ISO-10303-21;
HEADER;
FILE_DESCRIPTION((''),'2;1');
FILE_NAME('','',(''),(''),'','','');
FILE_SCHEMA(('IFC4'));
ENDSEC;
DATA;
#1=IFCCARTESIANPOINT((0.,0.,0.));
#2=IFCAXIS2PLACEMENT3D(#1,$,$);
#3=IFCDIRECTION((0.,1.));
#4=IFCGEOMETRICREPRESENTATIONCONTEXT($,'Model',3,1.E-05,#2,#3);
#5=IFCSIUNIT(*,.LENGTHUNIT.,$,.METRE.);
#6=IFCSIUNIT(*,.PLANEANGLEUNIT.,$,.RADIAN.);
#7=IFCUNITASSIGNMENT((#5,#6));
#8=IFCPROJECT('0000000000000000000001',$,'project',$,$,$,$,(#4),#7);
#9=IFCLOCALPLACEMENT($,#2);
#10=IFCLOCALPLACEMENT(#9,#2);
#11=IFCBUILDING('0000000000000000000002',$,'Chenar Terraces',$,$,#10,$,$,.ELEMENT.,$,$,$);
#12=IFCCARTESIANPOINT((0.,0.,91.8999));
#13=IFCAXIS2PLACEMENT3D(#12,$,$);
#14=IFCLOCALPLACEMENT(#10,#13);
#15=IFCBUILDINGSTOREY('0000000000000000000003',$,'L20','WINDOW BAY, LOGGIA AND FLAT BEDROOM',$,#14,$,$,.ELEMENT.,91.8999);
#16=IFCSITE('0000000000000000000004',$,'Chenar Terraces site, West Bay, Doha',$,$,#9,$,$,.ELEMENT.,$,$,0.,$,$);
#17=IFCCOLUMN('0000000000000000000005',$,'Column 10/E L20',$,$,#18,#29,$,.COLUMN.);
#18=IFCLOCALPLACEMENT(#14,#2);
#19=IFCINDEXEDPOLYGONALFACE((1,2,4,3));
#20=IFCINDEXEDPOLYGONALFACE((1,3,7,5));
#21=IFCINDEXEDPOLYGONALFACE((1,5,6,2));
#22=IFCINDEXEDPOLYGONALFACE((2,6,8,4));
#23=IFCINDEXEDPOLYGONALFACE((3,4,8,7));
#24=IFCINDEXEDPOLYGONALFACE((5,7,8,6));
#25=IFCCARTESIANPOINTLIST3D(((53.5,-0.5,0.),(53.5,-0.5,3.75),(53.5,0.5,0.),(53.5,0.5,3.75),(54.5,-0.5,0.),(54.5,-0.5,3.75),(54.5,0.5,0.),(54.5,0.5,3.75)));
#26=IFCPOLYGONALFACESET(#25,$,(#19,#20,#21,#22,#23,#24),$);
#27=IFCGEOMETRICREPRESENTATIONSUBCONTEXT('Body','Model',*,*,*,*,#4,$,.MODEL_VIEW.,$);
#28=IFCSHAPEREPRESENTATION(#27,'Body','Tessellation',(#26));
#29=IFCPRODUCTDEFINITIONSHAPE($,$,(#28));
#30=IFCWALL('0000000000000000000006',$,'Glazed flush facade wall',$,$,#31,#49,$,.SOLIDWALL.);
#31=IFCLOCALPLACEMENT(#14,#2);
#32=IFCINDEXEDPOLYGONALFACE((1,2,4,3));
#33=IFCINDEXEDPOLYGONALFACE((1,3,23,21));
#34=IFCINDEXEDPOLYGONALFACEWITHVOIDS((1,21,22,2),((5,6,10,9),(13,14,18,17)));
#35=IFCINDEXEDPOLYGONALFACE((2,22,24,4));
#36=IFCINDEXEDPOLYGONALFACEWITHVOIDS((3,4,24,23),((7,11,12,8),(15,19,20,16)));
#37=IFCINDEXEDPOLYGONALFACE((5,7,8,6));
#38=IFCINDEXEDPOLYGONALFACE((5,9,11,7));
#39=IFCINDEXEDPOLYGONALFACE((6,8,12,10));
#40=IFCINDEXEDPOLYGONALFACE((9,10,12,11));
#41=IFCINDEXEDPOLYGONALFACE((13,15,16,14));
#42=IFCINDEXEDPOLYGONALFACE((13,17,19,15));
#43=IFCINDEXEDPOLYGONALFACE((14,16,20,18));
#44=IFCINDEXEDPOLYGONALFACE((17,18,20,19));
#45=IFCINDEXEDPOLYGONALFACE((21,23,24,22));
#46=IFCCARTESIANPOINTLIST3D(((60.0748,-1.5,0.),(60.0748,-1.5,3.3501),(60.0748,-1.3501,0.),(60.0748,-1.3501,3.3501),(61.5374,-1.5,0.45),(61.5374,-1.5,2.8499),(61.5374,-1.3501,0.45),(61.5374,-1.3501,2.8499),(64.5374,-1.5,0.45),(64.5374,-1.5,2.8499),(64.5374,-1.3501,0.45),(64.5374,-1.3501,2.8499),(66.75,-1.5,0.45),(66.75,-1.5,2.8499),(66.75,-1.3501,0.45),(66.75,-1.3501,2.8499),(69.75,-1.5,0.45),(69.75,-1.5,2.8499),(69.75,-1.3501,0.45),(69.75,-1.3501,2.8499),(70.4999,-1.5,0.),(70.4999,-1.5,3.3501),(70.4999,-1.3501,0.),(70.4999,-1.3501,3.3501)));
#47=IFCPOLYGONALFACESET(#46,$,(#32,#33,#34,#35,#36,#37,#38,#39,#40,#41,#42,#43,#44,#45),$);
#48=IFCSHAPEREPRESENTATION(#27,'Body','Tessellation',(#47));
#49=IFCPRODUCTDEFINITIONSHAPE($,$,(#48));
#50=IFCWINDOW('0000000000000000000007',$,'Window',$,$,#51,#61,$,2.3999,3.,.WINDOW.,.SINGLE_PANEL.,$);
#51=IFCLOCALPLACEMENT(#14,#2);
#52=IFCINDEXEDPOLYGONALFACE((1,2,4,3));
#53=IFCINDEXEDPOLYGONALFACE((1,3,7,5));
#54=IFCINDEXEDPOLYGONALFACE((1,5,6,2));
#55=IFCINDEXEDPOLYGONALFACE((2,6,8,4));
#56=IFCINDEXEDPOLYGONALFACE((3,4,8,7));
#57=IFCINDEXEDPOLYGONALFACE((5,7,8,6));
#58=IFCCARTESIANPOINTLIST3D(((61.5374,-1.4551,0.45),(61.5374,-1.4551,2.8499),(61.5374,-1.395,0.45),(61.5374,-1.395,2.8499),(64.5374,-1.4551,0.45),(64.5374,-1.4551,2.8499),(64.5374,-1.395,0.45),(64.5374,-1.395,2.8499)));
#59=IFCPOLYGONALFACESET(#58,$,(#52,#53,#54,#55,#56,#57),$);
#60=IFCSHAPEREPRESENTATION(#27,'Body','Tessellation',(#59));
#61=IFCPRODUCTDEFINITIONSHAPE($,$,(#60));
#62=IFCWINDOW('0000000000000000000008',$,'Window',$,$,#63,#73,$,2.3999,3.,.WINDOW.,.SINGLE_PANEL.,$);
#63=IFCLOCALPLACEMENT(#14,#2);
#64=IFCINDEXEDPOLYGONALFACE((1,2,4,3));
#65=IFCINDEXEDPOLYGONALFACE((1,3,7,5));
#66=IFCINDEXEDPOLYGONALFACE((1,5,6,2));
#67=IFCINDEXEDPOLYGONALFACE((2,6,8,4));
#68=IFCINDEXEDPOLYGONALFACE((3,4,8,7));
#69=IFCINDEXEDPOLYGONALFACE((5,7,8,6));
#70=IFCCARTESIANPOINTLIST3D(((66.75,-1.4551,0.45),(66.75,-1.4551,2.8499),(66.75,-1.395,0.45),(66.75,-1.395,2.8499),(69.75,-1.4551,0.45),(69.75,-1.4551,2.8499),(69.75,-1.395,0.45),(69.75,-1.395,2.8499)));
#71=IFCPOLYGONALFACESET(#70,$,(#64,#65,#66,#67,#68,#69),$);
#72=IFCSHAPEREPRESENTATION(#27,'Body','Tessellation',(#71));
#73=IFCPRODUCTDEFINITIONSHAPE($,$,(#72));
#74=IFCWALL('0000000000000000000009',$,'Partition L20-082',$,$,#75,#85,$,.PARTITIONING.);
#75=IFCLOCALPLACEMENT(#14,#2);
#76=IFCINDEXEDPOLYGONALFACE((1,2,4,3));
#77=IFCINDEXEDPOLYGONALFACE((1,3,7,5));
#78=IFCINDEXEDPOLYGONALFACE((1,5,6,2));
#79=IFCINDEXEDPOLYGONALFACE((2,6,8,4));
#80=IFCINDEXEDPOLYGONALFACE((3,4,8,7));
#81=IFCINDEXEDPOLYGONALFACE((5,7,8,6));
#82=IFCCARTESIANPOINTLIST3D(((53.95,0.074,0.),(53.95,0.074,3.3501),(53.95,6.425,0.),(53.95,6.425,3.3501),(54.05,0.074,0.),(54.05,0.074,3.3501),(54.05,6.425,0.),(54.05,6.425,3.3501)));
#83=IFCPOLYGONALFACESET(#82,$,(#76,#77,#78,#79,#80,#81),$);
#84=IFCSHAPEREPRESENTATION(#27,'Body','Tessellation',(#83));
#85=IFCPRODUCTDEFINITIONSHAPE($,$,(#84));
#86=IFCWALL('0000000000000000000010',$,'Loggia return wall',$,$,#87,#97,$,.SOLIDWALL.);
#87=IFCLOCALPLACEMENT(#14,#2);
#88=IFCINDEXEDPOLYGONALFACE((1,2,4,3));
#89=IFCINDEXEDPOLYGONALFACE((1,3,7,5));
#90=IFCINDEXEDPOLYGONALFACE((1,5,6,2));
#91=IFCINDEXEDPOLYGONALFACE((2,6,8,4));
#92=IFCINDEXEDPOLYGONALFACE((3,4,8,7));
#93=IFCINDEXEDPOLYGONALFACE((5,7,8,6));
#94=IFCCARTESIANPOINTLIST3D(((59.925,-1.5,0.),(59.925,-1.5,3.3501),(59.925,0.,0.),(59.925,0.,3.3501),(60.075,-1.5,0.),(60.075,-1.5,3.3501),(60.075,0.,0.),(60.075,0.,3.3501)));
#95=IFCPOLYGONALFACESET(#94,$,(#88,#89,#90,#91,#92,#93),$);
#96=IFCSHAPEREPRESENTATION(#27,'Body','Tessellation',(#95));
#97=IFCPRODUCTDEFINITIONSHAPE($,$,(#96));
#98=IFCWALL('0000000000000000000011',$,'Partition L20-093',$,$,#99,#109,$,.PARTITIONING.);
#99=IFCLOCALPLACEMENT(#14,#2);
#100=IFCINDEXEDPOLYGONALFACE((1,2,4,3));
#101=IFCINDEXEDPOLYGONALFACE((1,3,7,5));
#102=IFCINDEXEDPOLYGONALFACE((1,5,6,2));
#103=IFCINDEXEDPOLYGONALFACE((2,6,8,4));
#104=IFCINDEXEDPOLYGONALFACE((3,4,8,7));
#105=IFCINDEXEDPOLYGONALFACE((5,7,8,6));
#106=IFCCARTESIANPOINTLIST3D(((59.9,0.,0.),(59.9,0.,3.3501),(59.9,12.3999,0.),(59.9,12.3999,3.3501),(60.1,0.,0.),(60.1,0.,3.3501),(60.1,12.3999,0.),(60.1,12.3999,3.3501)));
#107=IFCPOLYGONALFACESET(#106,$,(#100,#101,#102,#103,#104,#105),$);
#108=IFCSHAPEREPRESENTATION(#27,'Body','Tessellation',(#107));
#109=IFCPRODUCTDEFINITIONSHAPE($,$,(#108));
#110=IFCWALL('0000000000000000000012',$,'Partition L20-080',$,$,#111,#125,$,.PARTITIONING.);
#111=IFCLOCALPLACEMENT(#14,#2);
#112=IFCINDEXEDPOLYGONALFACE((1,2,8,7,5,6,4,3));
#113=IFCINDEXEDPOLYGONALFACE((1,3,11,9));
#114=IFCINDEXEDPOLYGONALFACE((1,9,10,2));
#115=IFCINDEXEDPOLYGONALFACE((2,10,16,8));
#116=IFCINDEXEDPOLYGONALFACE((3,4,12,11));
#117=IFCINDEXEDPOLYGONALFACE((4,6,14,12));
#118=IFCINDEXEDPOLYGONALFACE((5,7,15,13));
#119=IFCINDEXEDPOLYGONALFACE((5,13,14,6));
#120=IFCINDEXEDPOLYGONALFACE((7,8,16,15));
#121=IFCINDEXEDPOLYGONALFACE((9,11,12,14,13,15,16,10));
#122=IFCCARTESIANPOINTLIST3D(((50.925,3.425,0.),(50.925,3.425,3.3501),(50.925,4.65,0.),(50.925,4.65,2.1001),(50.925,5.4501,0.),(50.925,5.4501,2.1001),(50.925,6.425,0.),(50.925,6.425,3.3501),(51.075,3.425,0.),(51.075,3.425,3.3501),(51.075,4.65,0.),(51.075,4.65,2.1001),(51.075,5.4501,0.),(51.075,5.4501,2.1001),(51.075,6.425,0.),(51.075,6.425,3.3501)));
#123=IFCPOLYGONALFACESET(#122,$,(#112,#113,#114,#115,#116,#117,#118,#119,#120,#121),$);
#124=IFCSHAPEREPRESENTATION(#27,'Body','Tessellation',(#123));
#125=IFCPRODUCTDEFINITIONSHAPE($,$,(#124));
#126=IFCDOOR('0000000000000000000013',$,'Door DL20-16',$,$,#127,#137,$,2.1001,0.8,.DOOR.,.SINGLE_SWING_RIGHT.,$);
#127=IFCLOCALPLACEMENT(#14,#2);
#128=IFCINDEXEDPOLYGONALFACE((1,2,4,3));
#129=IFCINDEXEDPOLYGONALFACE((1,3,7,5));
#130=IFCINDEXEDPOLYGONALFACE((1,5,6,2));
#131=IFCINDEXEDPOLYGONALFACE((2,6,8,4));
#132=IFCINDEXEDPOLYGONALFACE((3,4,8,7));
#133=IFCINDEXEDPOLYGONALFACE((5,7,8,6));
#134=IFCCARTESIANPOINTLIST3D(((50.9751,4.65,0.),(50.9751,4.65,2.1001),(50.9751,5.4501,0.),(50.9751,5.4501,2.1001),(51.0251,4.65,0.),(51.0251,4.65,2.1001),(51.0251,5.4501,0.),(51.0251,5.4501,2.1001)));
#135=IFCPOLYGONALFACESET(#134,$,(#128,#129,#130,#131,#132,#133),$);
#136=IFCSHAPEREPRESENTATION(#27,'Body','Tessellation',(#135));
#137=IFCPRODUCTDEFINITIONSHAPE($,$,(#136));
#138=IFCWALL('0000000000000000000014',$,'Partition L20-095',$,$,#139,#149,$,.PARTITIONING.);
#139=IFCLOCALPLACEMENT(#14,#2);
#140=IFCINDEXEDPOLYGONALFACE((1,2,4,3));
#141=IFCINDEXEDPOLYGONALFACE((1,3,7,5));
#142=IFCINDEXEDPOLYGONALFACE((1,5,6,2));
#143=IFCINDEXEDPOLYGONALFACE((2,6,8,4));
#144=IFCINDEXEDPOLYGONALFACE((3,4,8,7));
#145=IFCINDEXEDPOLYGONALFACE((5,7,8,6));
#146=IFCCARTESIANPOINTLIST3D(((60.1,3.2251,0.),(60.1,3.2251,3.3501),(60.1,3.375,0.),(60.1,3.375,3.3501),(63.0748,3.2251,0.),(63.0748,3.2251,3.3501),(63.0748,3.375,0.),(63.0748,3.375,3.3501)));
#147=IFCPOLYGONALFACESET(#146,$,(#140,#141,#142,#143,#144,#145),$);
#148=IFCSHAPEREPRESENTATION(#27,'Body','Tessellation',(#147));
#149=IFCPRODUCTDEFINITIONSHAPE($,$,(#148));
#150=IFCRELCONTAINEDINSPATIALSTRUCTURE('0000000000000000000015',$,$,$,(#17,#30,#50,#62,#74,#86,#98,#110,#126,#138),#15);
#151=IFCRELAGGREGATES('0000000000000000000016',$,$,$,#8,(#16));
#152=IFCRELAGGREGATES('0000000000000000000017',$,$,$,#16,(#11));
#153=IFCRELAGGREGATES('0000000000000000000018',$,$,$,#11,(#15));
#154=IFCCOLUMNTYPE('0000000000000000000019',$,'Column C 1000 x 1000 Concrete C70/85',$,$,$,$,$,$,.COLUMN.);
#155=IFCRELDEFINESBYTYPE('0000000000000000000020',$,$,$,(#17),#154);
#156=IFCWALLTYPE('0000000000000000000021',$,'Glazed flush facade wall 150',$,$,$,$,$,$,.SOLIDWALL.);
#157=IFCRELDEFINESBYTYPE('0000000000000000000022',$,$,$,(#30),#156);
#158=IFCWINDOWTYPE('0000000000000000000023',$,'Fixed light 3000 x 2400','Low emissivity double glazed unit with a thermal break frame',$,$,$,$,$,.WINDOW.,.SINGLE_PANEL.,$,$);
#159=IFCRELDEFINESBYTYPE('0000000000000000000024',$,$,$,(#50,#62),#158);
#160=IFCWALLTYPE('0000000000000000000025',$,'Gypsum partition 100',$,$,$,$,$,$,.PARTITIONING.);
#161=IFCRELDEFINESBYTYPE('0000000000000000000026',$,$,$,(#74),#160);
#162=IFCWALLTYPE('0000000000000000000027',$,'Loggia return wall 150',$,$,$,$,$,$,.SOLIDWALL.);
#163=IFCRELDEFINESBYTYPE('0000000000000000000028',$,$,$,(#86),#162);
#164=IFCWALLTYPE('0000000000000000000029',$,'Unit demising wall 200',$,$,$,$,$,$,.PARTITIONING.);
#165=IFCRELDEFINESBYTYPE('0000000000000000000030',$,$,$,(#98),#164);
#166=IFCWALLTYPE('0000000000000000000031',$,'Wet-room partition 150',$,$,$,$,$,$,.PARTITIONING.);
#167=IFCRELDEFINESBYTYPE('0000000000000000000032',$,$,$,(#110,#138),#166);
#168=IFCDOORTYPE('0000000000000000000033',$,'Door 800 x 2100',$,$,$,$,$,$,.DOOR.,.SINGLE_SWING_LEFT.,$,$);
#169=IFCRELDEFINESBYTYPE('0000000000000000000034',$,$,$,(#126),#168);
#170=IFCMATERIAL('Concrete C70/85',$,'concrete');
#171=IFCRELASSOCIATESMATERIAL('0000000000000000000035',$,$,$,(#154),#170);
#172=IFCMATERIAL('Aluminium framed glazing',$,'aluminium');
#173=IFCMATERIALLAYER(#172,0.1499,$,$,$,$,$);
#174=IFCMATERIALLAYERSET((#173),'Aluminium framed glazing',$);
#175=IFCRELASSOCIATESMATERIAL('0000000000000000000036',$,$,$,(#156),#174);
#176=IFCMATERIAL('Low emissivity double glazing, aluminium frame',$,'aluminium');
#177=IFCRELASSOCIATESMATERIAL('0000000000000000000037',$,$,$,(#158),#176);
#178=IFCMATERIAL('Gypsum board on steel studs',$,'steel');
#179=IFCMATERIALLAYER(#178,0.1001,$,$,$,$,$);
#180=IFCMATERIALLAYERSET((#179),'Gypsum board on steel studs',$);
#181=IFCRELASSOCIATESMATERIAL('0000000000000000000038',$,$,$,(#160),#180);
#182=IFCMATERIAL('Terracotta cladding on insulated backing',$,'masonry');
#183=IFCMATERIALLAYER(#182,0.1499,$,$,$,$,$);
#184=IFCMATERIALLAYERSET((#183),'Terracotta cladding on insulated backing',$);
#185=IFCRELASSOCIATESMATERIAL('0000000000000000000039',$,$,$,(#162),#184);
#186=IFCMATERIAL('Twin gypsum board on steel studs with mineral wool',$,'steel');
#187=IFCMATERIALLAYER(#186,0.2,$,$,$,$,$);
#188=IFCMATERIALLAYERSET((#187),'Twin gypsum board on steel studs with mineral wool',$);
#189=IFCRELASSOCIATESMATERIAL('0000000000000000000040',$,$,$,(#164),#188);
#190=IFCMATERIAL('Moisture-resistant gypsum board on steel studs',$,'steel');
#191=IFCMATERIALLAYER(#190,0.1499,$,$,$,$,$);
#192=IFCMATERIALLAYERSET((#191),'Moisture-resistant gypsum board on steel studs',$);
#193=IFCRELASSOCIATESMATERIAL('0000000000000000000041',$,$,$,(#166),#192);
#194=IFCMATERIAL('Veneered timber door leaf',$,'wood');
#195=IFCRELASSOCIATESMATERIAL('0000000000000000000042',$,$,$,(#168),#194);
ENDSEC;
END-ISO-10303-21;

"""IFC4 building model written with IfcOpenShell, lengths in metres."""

from ifc_helpers import new_model, si_unit, direction, frame, frame_2d, origin, origin_2d, place, context, subcontext, project, spatial, rectangle, extrude, material, layer, layer_set, material_profile, profile_set, type_object, element, fill, save


model = new_model("IFC4")

# Units and contexts
model_context = context("Model", 3, precision=1e-05, world=origin(), true_north=direction((0.0, 1.0)))
body_context = subcontext(model_context, "Body", "Model", "MODEL_VIEW")
ifc_project = project(units=[si_unit("LENGTHUNIT", "METRE"), si_unit("PLANEANGLEUNIT", "RADIAN")], contexts=[model_context])

# Site, building, storey
site_placement = place(None, origin())
site = spatial("IfcSite", under=ifc_project, at=site_placement, Name="Chenar Terraces site, West Bay, Doha", CompositionType="ELEMENT", RefElevation=0.0)
building_placement = place(site_placement, origin())
building = spatial("IfcBuilding", under=site, at=building_placement, Name="Chenar Terraces", CompositionType="ELEMENT")
storey_placement = place(building_placement, frame((0.0, 0.0, 91.8999)))
storey = spatial("IfcBuildingStorey", under=building, at=storey_placement, Name="L20", Description="WINDOW BAY, LOGGIA AND FLAT BEDROOM", CompositionType="ELEMENT", Elevation=91.8999)

# Column
ifc_material_1 = material(Name="Concrete C70/85", Category="concrete")
ifc_material_profile_1 = material_profile(ifc_material_1, rectangle(XDim=1.0, YDim=1.0, at=origin_2d()), Name="C 1000 x 1000")
ifc_profile_set_1 = profile_set([ifc_material_profile_1], Name="Concrete C70/85")
column_type = type_object("IfcColumnType", Name="Column C 1000 x 1000 Concrete C70/85", PredefinedType="COLUMN", material=ifc_profile_set_1)
column_placement = place(storey_placement, frame((54.0, 0.0, 0.0), z_axis=(0.0, 0.0, 1.0), x_axis=(1.0, 0.0, 0.0)))
element("IfcColumn", 1, at=column_placement, inside=storey, type_object=column_type, Name="Column 10/E L20", PredefinedType="COLUMN", context=body_context, shape_type="SweptSolid", body=[
    extrude(rectangle(XDim=1.0, YDim=1.0, at=origin_2d()), origin(), (0.0, 0.0, 1.0), 3.75),
])

# Wall, openings, windows
ifc_material_2 = material(Name="Aluminium framed glazing", Category="aluminium")
ifc_layer_1 = layer(ifc_material_2, 0.1499)
ifc_layer_set_1 = layer_set([ifc_layer_1], Name="Aluminium framed glazing")
wall_type_1 = type_object("IfcWallType", Name="Glazed flush facade wall 150", PredefinedType="SOLIDWALL", material=ifc_layer_set_1)
wall_1_placement = place(storey_placement, frame((60.075, -1.425, 0.0), z_axis=(0.0, 0.0, 1.0), x_axis=(1.0, 0.0, 0.0)))
wall_1 = element("IfcWall", 2, at=wall_1_placement, inside=storey, type_object=wall_type_1, Name="Glazed flush facade wall", PredefinedType="SOLIDWALL", context=body_context, shape_type="SweptSolid", body=[
    extrude(rectangle(XDim=10.425, YDim=0.1499, at=frame_2d((5.2124, 0.0))), origin(), (0.0, 0.0, 1.0), 3.3501),
])
opening_1_placement = place(wall_1_placement, frame((1.4624, 0.0, 0.45)))
opening_1 = element("IfcOpeningElement", 3, at=opening_1_placement, cuts=wall_1, PredefinedType="OPENING", context=body_context, shape_type="SweptSolid", body=[
    extrude(rectangle(XDim=3.0, YDim=2.3999, at=frame_2d((1.5, 1.2))), frame((0.0, 0.085, 0.0), z_axis=(0.0, -1.0, 0.0), x_axis=(1.0, 0.0, 0.0)), (0.0, 0.0, 1.0), 0.1699),
])
opening_2_placement = place(wall_1_placement, frame((6.675, 0.0, 0.45)))
opening_2 = element("IfcOpeningElement", 4, at=opening_2_placement, cuts=wall_1, PredefinedType="OPENING", context=body_context, shape_type="SweptSolid", body=[
    extrude(rectangle(XDim=3.0, YDim=2.3999, at=frame_2d((1.5, 1.2))), frame((0.0, 0.085, 0.0), z_axis=(0.0, -1.0, 0.0), x_axis=(1.0, 0.0, 0.0)), (0.0, 0.0, 1.0), 0.1699),
])
ifc_material_3 = material(Name="Low emissivity double glazing, aluminium frame", Category="aluminium")
window_type = type_object("IfcWindowType", Name="Fixed light 3000 x 2400", Description="Low emissivity double glazed unit with a thermal break frame", PartitioningType="SINGLE_PANEL", PredefinedType="WINDOW", material=ifc_material_3)
window_1_placement = place(opening_1_placement, origin())
window_1 = element("IfcWindow", 5, at=window_1_placement, inside=storey, type_object=window_type, Name="Window", OverallHeight=2.3999, OverallWidth=3.0, PartitioningType="SINGLE_PANEL", PredefinedType="WINDOW", context=body_context, shape_type="SweptSolid", body=[
    extrude(rectangle(XDim=3.0, YDim=2.3999, at=frame_2d((1.5, 1.2))), frame((0.0, 0.03, 0.0), z_axis=(0.0, -1.0, 0.0), x_axis=(1.0, 0.0, 0.0)), (0.0, 0.0, 1.0), 0.0601),
])
fill(opening_1, window_1)
window_2_placement = place(opening_2_placement, origin())
window_2 = element("IfcWindow", 6, at=window_2_placement, inside=storey, type_object=window_type, Name="Window", OverallHeight=2.3999, OverallWidth=3.0, PartitioningType="SINGLE_PANEL", PredefinedType="WINDOW", context=body_context, shape_type="SweptSolid", body=[
    extrude(rectangle(XDim=3.0, YDim=2.3999, at=frame_2d((1.5, 1.2))), frame((0.0, 0.03, 0.0), z_axis=(0.0, -1.0, 0.0), x_axis=(1.0, 0.0, 0.0)), (0.0, 0.0, 1.0), 0.0601),
])
fill(opening_2, window_2)

# Walls
ifc_material_4 = material(Name="Gypsum board on steel studs", Category="steel")
ifc_layer_2 = layer(ifc_material_4, 0.1001)
ifc_layer_set_2 = layer_set([ifc_layer_2], Name="Gypsum board on steel studs")
wall_type_2 = type_object("IfcWallType", Name="Gypsum partition 100", PredefinedType="PARTITIONING", material=ifc_layer_set_2)
wall_2_placement = place(storey_placement, frame((54.0, 0.074, 0.0), z_axis=(0.0, 0.0, 1.0), x_axis=(0.0, 1.0, 0.0)))
element("IfcWall", 7, at=wall_2_placement, inside=storey, type_object=wall_type_2, Name="Partition L20-082", PredefinedType="PARTITIONING", context=body_context, shape_type="SweptSolid", body=[
    extrude(rectangle(XDim=6.3511, YDim=0.1001, at=frame_2d((3.1755, 0.0))), origin(), (0.0, 0.0, 1.0), 3.3501),
])
ifc_material_5 = material(Name="Terracotta cladding on insulated backing", Category="masonry")
ifc_layer_3 = layer(ifc_material_5, 0.1499)
ifc_layer_set_3 = layer_set([ifc_layer_3], Name="Terracotta cladding on insulated backing")
wall_type_3 = type_object("IfcWallType", Name="Loggia return wall 150", PredefinedType="SOLIDWALL", material=ifc_layer_set_3)
wall_3_placement = place(storey_placement, frame((60.0, -1.5, 0.0), z_axis=(0.0, 0.0, 1.0), x_axis=(0.0, 1.0, 0.0)))
element("IfcWall", 8, at=wall_3_placement, inside=storey, type_object=wall_type_3, Name="Loggia return wall", PredefinedType="SOLIDWALL", context=body_context, shape_type="SweptSolid", body=[
    extrude(rectangle(XDim=1.5, YDim=0.1499, at=frame_2d((0.75, 0.0))), origin(), (0.0, 0.0, 1.0), 3.3501),
])
ifc_material_6 = material(Name="Twin gypsum board on steel studs with mineral wool", Category="steel")
ifc_layer_4 = layer(ifc_material_6, 0.2)
ifc_layer_set_4 = layer_set([ifc_layer_4], Name="Twin gypsum board on steel studs with mineral wool")
wall_type_4 = type_object("IfcWallType", Name="Unit demising wall 200", PredefinedType="PARTITIONING", material=ifc_layer_set_4)
wall_4_placement = place(storey_placement, frame((60.0, 0.0, 0.0), z_axis=(0.0, 0.0, 1.0), x_axis=(0.0, 1.0, 0.0)))
element("IfcWall", 9, at=wall_4_placement, inside=storey, type_object=wall_type_4, Name="Partition L20-093", PredefinedType="PARTITIONING", context=body_context, shape_type="SweptSolid", body=[
    extrude(rectangle(XDim=12.3999, YDim=0.2, at=frame_2d((6.2, 0.0))), origin(), (0.0, 0.0, 1.0), 3.3501),
])

# Wall, opening, door
ifc_material_7 = material(Name="Moisture-resistant gypsum board on steel studs", Category="steel")
ifc_layer_5 = layer(ifc_material_7, 0.1499)
ifc_layer_set_5 = layer_set([ifc_layer_5], Name="Moisture-resistant gypsum board on steel studs")
wall_type_5 = type_object("IfcWallType", Name="Wet-room partition 150", PredefinedType="PARTITIONING", material=ifc_layer_set_5)
wall_5_placement = place(storey_placement, frame((51.0, 3.425, 0.0), z_axis=(0.0, 0.0, 1.0), x_axis=(0.0, 1.0, 0.0)))
wall_5 = element("IfcWall", 10, at=wall_5_placement, inside=storey, type_object=wall_type_5, Name="Partition L20-080", PredefinedType="PARTITIONING", context=body_context, shape_type="SweptSolid", body=[
    extrude(rectangle(XDim=3.0, YDim=0.1499, at=frame_2d((1.5, 0.0))), origin(), (0.0, 0.0, 1.0), 3.3501),
])
opening_3_placement = place(wall_5_placement, frame((1.2251, 0.0, 0.0)))
opening_3 = element("IfcOpeningElement", 11, at=opening_3_placement, cuts=wall_5, PredefinedType="OPENING", context=body_context, shape_type="SweptSolid", body=[
    extrude(rectangle(XDim=0.8, YDim=2.1001, at=frame_2d((0.3999, 1.05))), frame((0.0, 0.085, 0.0), z_axis=(0.0, -1.0, 0.0), x_axis=(1.0, 0.0, 0.0)), (0.0, 0.0, 1.0), 0.1699),
])
ifc_material_8 = material(Name="Veneered timber door leaf", Category="wood")
door_type_1 = type_object("IfcDoorType", Name="Door 800 x 2100", OperationType="SINGLE_SWING_LEFT", PredefinedType="DOOR", material=ifc_material_8)
door_1_placement = place(opening_3_placement, origin())
door_1 = element("IfcDoor", 12, at=door_1_placement, inside=storey, type_object=door_type_1, Name="Door DL20-16", OperationType="SINGLE_SWING_RIGHT", OverallHeight=2.1001, OverallWidth=0.8, PredefinedType="DOOR", context=body_context, shape_type="SweptSolid", body=[
    extrude(rectangle(XDim=0.8, YDim=2.1001, at=frame_2d((0.3999, 1.05))), frame((0.0, 0.0249, 0.0), z_axis=(0.0, -1.0, 0.0), x_axis=(1.0, 0.0, 0.0)), (0.0, 0.0, 1.0), 0.05),
])
fill(opening_3, door_1)

# Wall
wall_6_placement = place(storey_placement, frame((60.1001, 3.3, 0.0), z_axis=(0.0, 0.0, 1.0), x_axis=(1.0, 0.0, 0.0)))
element("IfcWall", 13, at=wall_6_placement, inside=storey, type_object=wall_type_5, Name="Partition L20-095", PredefinedType="PARTITIONING", context=body_context, shape_type="SweptSolid", body=[
    extrude(rectangle(XDim=2.9749, YDim=0.1499, at=frame_2d((1.4873, 0.0))), origin(), (0.0, 0.0, 1.0), 3.3501),
])

save(model, "model.ifc")
